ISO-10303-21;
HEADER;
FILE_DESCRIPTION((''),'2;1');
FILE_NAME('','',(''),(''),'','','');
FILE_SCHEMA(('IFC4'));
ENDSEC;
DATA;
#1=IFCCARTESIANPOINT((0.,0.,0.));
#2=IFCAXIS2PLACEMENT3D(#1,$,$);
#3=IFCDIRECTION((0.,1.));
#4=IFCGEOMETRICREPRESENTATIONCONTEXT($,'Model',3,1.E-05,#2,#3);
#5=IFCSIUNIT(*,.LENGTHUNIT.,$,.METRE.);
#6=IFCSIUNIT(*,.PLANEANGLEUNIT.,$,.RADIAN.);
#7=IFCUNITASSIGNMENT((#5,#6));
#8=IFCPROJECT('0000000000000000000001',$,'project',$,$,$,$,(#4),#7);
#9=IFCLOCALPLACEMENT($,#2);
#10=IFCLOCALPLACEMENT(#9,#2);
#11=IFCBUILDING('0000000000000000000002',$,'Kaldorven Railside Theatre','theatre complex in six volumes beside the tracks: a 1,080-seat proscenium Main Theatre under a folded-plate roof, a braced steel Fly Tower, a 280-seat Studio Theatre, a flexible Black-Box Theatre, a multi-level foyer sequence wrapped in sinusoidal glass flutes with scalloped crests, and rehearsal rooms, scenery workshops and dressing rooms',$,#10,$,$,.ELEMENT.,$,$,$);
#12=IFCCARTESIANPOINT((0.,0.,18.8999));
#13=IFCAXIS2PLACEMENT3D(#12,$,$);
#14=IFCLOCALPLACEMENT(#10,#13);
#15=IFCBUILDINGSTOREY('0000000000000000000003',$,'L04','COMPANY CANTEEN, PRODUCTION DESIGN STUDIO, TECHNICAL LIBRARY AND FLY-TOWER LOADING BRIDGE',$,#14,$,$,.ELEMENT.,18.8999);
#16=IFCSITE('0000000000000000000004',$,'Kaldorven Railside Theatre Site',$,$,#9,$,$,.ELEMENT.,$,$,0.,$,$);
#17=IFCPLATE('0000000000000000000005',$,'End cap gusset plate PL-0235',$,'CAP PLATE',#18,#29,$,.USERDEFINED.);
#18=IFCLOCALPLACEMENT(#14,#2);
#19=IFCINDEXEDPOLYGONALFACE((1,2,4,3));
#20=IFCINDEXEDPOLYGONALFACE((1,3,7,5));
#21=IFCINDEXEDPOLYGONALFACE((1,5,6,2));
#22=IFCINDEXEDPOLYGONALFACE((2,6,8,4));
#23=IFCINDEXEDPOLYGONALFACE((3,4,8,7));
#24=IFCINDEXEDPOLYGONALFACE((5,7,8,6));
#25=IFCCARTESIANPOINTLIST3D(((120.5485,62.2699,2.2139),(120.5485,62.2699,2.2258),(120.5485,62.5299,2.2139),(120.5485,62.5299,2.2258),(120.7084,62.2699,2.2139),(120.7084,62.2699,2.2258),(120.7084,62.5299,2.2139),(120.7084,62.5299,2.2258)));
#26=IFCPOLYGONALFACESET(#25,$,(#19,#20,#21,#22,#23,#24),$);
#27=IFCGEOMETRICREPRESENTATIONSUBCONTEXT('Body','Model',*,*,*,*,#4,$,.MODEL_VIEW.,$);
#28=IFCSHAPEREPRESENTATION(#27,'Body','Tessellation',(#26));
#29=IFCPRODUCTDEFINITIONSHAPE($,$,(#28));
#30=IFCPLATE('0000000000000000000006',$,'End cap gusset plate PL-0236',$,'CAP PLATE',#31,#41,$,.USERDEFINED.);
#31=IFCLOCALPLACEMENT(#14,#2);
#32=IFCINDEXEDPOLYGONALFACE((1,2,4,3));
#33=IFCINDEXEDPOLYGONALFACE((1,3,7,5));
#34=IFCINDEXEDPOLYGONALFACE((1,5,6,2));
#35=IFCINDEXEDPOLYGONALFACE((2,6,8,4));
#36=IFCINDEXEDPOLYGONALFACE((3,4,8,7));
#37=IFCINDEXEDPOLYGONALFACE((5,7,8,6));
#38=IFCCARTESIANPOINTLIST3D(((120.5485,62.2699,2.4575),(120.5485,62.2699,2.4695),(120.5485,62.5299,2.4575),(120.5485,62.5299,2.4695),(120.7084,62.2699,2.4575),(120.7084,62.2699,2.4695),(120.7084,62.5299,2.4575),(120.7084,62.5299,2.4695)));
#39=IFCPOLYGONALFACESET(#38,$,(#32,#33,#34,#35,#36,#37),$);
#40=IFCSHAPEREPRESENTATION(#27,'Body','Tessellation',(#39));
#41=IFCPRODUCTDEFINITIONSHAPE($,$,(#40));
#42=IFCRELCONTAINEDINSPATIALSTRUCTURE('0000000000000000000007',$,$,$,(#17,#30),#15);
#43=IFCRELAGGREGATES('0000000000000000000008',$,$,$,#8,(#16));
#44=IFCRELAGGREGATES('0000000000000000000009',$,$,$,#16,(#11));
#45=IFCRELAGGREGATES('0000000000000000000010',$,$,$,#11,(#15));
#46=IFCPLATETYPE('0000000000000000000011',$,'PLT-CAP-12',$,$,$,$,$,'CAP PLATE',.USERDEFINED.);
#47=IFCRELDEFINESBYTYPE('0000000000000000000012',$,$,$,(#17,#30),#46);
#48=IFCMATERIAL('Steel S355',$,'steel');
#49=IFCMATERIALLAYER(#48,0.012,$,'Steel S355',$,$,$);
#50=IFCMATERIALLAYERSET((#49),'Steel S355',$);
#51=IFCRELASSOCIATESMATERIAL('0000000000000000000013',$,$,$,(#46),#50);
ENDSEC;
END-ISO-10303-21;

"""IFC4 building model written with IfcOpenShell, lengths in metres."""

from ifc_helpers import new_model, si_unit, direction, frame, origin, origin_2d, place, context, subcontext, project, spatial, rectangle, extrude, material, layer, layer_set, type_object, element, save


model = new_model("IFC4")

# Units and contexts
model_context = context("Model", 3, precision=1e-05, world=origin(), true_north=direction((0.0, 1.0)))
body_context = subcontext(model_context, "Body", "Model", "MODEL_VIEW")
ifc_project = project(units=[si_unit("LENGTHUNIT", "METRE"), si_unit("PLANEANGLEUNIT", "RADIAN")], contexts=[model_context])

# Site, building, storey
site_placement = place(None, origin())
site = spatial("IfcSite", under=ifc_project, at=site_placement, Name="Kaldorven Railside Theatre Site", CompositionType="ELEMENT", RefElevation=0.0)
building_placement = place(site_placement, origin())
building = spatial("IfcBuilding", under=site, at=building_placement, Name="Kaldorven Railside Theatre", Description="theatre complex in six volumes beside the tracks: a 1,080-seat proscenium Main Theatre under a folded-plate roof, a braced steel Fly Tower, a 280-seat Studio Theatre, a flexible Black-Box Theatre, a multi-level foyer sequence wrapped in sinusoidal glass flutes with scalloped crests, and rehearsal rooms, scenery workshops and dressing rooms", CompositionType="ELEMENT")
storey_placement = place(building_placement, frame((0.0, 0.0, 18.8999)))
storey = spatial("IfcBuildingStorey", under=building, at=storey_placement, Name="L04", Description="COMPANY CANTEEN, PRODUCTION DESIGN STUDIO, TECHNICAL LIBRARY AND FLY-TOWER LOADING BRIDGE", CompositionType="ELEMENT", Elevation=18.8999)

# Shared definitions
ifc_material_1 = material(Name="Steel S355", Category="steel")

# Plates
ifc_layer_1 = layer(ifc_material_1, 0.012, Name="Steel S355")
ifc_layer_set_1 = layer_set([ifc_layer_1], Name="Steel S355")
plate_type_1 = type_object("IfcPlateType", Name="PLT-CAP-12", ElementType="CAP PLATE", PredefinedType="USERDEFINED", material=ifc_layer_set_1)
for number, where, z_axis, x_axis, name in (
    (1, (120.6284, 62.3999, 2.2139), (0.0, 0.0, 1.0), (1.0, 0.0, 0.0), "End cap gusset plate PL-0235"),
    (2, (120.6284, 62.3999, 2.4575), (0.0, 0.0, 1.0), (1.0, 0.0, 0.0), "End cap gusset plate PL-0236"),
):
    element("IfcPlate", number, at=place(storey_placement, frame(where, z_axis=z_axis, x_axis=x_axis)), inside=storey, type_object=plate_type_1, Name=name, ObjectType="CAP PLATE", PredefinedType="USERDEFINED", context=body_context, shape_type="SweptSolid", body=[
        extrude(rectangle(XDim=0.1599, YDim=0.26, at=origin_2d()), origin(), (0.0, 0.0, 1.0), 0.012),
    ])

save(model, "model.ifc")
